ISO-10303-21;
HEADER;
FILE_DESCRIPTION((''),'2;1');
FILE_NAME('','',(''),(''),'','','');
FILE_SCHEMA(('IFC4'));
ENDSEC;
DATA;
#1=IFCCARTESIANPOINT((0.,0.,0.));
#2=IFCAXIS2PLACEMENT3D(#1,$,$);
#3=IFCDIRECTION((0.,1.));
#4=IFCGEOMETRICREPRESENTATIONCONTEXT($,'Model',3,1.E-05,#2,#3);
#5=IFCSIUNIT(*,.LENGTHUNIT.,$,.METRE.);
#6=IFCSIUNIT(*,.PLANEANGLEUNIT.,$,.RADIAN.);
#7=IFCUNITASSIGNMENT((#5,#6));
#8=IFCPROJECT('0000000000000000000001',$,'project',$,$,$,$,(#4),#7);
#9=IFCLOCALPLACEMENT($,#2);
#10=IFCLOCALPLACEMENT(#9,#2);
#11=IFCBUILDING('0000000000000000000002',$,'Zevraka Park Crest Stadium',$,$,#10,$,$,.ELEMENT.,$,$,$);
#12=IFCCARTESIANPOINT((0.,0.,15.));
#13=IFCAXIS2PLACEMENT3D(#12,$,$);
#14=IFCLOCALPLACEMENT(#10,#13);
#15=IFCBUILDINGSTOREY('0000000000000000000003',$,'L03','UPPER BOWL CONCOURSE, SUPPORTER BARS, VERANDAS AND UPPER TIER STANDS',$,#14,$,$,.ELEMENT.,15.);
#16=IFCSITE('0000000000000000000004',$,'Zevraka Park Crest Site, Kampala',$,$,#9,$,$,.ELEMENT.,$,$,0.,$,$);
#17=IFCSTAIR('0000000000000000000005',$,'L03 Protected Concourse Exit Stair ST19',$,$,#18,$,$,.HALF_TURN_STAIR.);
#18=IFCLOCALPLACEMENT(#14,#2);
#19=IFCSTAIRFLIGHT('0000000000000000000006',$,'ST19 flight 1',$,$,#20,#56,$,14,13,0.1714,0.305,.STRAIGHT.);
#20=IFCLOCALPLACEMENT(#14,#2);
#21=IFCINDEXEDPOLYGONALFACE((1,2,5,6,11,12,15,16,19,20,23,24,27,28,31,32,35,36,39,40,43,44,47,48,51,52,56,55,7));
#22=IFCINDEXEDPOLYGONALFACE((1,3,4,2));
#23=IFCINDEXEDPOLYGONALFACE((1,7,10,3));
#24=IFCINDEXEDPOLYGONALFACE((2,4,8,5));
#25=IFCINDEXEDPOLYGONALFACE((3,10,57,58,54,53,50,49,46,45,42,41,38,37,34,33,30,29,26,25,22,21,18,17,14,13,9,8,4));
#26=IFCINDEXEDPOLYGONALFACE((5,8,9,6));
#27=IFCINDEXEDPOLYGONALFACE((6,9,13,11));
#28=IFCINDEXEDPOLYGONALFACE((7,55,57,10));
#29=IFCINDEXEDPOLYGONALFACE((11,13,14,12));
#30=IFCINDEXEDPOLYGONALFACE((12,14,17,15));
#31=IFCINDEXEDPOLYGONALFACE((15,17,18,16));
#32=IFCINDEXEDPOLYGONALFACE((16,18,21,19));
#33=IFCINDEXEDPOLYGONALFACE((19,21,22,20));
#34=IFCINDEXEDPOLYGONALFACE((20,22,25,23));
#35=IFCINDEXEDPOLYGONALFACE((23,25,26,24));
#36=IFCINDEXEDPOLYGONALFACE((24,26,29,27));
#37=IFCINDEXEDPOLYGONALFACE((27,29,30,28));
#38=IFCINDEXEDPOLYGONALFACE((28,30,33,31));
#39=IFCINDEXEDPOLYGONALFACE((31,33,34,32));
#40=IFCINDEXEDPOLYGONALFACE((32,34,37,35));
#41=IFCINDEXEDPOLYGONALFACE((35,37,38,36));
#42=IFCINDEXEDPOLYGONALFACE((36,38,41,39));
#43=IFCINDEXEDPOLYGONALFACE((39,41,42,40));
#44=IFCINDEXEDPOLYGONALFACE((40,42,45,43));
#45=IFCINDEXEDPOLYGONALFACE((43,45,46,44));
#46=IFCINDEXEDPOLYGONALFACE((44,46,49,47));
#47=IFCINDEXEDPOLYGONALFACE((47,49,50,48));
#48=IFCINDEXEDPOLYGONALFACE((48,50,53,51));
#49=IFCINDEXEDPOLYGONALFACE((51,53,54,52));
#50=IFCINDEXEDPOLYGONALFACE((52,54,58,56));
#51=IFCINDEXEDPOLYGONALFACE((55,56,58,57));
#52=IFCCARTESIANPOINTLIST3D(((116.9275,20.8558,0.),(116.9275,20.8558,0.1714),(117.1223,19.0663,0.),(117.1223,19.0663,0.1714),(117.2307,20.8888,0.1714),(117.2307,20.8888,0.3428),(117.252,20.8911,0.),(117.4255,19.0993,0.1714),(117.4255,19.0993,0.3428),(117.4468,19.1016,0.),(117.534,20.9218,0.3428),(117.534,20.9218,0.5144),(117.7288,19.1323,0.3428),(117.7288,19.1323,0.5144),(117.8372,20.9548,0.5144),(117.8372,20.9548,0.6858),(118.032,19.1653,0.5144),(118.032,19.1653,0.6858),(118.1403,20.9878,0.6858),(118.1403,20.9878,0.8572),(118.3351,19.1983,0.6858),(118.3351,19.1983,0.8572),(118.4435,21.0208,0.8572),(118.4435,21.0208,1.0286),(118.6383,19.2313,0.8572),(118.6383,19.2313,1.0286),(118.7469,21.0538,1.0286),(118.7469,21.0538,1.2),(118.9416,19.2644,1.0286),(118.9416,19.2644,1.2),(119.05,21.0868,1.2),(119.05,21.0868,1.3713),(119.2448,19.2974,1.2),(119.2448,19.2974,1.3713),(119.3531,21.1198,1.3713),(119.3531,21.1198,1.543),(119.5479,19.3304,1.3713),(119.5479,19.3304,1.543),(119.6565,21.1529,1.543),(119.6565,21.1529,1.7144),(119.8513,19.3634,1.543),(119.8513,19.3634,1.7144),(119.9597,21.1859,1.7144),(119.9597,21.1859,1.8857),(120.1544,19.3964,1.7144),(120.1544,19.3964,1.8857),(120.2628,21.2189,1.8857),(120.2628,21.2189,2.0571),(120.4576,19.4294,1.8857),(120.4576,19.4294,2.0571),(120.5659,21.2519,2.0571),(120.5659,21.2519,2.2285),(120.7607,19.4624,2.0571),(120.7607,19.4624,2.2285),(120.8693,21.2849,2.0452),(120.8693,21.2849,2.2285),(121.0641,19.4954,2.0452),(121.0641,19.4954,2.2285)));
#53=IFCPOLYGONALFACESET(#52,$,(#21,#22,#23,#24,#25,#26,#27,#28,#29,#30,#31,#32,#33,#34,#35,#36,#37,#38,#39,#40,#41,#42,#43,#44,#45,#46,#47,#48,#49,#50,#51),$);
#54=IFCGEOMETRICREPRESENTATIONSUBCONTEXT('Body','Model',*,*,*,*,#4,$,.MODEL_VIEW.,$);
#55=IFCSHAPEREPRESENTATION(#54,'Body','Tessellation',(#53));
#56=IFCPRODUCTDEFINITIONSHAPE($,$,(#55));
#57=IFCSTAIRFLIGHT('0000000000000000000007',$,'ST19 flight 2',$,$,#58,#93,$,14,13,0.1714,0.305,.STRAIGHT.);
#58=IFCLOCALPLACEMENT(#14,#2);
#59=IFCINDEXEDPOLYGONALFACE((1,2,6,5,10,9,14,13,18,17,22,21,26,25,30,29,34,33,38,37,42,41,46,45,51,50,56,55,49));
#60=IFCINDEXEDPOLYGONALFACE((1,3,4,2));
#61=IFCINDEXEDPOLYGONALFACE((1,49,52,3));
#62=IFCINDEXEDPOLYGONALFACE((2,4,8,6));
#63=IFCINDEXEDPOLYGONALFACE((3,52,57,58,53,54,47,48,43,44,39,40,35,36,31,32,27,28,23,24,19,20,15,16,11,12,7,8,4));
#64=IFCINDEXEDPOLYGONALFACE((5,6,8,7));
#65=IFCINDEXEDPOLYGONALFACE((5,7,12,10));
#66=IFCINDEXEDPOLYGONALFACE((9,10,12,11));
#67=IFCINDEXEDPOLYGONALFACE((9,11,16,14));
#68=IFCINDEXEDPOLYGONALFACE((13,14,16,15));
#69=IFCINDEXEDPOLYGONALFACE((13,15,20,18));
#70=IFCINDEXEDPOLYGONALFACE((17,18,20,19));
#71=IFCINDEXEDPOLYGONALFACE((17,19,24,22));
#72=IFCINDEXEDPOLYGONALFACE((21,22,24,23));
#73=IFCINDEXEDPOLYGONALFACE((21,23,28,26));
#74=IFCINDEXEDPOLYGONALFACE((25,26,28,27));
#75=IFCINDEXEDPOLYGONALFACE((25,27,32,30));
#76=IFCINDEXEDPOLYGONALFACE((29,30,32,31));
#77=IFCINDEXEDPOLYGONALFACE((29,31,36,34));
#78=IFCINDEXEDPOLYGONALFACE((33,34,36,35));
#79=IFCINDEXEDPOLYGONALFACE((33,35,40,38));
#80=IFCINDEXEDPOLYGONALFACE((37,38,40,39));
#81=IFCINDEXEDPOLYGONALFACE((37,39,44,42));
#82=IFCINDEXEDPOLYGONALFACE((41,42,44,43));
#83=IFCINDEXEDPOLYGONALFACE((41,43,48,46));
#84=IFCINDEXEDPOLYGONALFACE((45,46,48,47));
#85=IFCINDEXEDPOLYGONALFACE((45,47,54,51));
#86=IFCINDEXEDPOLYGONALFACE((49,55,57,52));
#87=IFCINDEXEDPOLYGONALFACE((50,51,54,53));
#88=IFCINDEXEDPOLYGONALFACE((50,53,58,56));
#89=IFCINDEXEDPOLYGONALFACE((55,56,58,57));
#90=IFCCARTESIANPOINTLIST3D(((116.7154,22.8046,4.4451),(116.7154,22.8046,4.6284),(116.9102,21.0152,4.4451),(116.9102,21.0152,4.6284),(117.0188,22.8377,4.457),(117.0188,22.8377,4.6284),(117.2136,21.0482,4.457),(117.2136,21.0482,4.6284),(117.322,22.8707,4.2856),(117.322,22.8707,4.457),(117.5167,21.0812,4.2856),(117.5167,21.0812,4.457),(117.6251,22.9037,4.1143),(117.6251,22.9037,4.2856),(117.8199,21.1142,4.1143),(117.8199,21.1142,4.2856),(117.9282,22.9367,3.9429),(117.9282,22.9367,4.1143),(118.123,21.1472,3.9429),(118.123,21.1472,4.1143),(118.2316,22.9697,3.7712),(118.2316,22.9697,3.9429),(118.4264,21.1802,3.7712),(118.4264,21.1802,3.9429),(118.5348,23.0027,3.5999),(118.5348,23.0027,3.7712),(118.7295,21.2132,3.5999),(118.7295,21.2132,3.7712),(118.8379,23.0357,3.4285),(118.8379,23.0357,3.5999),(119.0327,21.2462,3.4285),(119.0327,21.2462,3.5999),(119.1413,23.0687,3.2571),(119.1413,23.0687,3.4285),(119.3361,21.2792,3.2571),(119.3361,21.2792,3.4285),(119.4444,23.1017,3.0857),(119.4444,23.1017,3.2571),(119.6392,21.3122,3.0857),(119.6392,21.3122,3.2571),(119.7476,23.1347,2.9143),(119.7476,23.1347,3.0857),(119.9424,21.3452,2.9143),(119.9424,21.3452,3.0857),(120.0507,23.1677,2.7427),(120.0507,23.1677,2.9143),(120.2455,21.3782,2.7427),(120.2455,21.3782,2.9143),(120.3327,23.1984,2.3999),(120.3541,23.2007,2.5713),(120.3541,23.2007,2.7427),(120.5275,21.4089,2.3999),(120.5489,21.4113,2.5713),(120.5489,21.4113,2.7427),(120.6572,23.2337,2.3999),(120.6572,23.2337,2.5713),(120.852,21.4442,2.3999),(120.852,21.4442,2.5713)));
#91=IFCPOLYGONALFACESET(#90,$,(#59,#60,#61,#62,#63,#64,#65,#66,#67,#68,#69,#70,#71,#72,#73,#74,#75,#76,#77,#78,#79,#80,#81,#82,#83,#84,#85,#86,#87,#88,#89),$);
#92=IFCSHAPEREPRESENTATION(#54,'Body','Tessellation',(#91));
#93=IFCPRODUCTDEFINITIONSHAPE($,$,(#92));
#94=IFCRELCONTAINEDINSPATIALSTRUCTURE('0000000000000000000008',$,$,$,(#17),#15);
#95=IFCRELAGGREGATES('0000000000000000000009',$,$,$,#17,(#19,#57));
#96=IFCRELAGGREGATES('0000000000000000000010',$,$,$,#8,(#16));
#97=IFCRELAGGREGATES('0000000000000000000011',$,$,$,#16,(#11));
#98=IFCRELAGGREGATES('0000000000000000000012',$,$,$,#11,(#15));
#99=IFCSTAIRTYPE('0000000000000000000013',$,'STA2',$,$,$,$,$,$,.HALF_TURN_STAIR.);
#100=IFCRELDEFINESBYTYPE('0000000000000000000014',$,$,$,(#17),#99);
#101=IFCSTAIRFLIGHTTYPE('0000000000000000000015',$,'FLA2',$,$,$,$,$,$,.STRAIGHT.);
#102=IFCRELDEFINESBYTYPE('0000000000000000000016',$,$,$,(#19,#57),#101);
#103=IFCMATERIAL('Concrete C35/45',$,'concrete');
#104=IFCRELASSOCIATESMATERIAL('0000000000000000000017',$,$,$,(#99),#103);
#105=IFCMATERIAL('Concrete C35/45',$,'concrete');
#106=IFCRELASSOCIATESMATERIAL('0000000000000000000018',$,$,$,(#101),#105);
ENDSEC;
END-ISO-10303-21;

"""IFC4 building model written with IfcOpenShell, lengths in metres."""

from ifc_helpers import new_model, si_unit, direction, frame, origin, place, context, subcontext, project, spatial, polyline, outline, extrude, material, type_object, element, aggregate, save


model = new_model("IFC4")

# Units and contexts
model_context = context("Model", 3, precision=1e-05, world=origin(), true_north=direction((0.0, 1.0)))
body_context = subcontext(model_context, "Body", "Model", "MODEL_VIEW")
ifc_project = project(units=[si_unit("LENGTHUNIT", "METRE"), si_unit("PLANEANGLEUNIT", "RADIAN")], contexts=[model_context])

# Site, building, storey
site_placement = place(None, origin())
site = spatial("IfcSite", under=ifc_project, at=site_placement, Name="Zevraka Park Crest Site, Kampala", CompositionType="ELEMENT", RefElevation=0.0)
building_placement = place(site_placement, origin())
building = spatial("IfcBuilding", under=site, at=building_placement, Name="Zevraka Park Crest Stadium", CompositionType="ELEMENT")
storey_placement = place(building_placement, frame((0.0, 0.0, 15.0)))
storey = spatial("IfcBuildingStorey", under=building, at=storey_placement, Name="L03", Description="UPPER BOWL CONCOURSE, SUPPORTER BARS, VERANDAS AND UPPER TIER STANDS", CompositionType="ELEMENT", Elevation=15.0)

# Stair, stair flights
ifc_material_1 = material(Name="Concrete C35/45", Category="concrete")
stair_type = type_object("IfcStairType", Name="STA2", PredefinedType="HALF_TURN_STAIR", material=ifc_material_1)
stair_placement = place(storey_placement, origin())
stair = element("IfcStair", 1, at=stair_placement, inside=storey, type_object=stair_type, Name="L03 Protected Concourse Exit Stair ST19", PredefinedType="HALF_TURN_STAIR")
ifc_material_2 = material(Name="Concrete C35/45", Category="concrete")
stair_flight_type = type_object("IfcStairFlightType", Name="FLA2", PredefinedType="STRAIGHT", material=ifc_material_2)
stair_flight_1_placement = place(storey_placement, frame((117.0249, 19.9612, 0.0), z_axis=(0.0, 0.0, 1.0), x_axis=(0.994128, 0.108215, 0.0)))
stair_flight_1 = element("IfcStairFlight", 2, at=stair_flight_1_placement, type_object=stair_flight_type, Name="ST19 flight 1", NumberOfRisers=14, NumberOfTreads=13, PredefinedType="STRAIGHT", RiserHeight=0.1714, TreadLength=0.305, context=body_context, shape_type="SweptSolid", body=[
    extrude(outline(polyline([(0.0, 0.0), (0.0, 0.1714), (0.3049, 0.1714), (0.3049, 0.3428), (0.6101, 0.3428), (0.6101, 0.5144), (0.915, 0.5144), (0.915, 0.6858), (1.22, 0.6858), (1.22, 0.8572), (1.5249, 0.8572), (1.5249, 1.0286), (1.8301, 1.0286), (1.8301, 1.2), (2.135, 1.2), (2.135, 1.3713), (2.4399, 1.3713), (2.4399, 1.543), (2.7451, 1.543), (2.7451, 1.7144), (3.05, 1.7144), (3.05, 1.8857), (3.355, 1.8857), (3.355, 2.0571), (3.6599, 2.0571), (3.6599, 2.2285), (3.9651, 2.2285), (3.9651, 2.3999), (3.9651, 2.0452), (0.3264, 0.0), (0.0, 0.0)])), frame((0.0, 0.8999, 0.0), z_axis=(0.0, -1.0, 0.0), x_axis=(1.0, 0.0, 0.0)), (0.0, 0.0, 1.0), 1.8),
])
stair_flight_2_placement = place(storey_placement, frame((120.7546, 22.3389, 2.3999), z_axis=(0.0, 0.0, 1.0), x_axis=(-0.994128, -0.108215, 0.0)))
stair_flight_2 = element("IfcStairFlight", 3, at=stair_flight_2_placement, type_object=stair_flight_type, Name="ST19 flight 2", NumberOfRisers=14, NumberOfTreads=13, PredefinedType="STRAIGHT", RiserHeight=0.1714, TreadLength=0.305, context=body_context, shape_type="SweptSolid", body=[
    extrude(outline(polyline([(0.0, 0.0), (0.0, 0.1714), (0.3049, 0.1714), (0.3049, 0.3428), (0.6101, 0.3428), (0.6101, 0.5144), (0.915, 0.5144), (0.915, 0.6858), (1.22, 0.6858), (1.22, 0.8572), (1.5249, 0.8572), (1.5249, 1.0286), (1.8301, 1.0286), (1.8301, 1.2), (2.135, 1.2), (2.135, 1.3713), (2.4399, 1.3713), (2.4399, 1.543), (2.7451, 1.543), (2.7451, 1.7144), (3.05, 1.7144), (3.05, 1.8857), (3.355, 1.8857), (3.355, 2.0571), (3.6599, 2.0571), (3.6599, 2.2285), (3.9651, 2.2285), (3.9651, 2.3999), (3.9651, 2.0452), (0.3264, 0.0), (0.0, 0.0)])), frame((0.0, 0.8999, 0.0), z_axis=(0.0, -1.0, 0.0), x_axis=(1.0, 0.0, 0.0)), (0.0, 0.0, 1.0), 1.8),
])
aggregate(stair, [stair_flight_1, stair_flight_2])

save(model, "model.ifc")
